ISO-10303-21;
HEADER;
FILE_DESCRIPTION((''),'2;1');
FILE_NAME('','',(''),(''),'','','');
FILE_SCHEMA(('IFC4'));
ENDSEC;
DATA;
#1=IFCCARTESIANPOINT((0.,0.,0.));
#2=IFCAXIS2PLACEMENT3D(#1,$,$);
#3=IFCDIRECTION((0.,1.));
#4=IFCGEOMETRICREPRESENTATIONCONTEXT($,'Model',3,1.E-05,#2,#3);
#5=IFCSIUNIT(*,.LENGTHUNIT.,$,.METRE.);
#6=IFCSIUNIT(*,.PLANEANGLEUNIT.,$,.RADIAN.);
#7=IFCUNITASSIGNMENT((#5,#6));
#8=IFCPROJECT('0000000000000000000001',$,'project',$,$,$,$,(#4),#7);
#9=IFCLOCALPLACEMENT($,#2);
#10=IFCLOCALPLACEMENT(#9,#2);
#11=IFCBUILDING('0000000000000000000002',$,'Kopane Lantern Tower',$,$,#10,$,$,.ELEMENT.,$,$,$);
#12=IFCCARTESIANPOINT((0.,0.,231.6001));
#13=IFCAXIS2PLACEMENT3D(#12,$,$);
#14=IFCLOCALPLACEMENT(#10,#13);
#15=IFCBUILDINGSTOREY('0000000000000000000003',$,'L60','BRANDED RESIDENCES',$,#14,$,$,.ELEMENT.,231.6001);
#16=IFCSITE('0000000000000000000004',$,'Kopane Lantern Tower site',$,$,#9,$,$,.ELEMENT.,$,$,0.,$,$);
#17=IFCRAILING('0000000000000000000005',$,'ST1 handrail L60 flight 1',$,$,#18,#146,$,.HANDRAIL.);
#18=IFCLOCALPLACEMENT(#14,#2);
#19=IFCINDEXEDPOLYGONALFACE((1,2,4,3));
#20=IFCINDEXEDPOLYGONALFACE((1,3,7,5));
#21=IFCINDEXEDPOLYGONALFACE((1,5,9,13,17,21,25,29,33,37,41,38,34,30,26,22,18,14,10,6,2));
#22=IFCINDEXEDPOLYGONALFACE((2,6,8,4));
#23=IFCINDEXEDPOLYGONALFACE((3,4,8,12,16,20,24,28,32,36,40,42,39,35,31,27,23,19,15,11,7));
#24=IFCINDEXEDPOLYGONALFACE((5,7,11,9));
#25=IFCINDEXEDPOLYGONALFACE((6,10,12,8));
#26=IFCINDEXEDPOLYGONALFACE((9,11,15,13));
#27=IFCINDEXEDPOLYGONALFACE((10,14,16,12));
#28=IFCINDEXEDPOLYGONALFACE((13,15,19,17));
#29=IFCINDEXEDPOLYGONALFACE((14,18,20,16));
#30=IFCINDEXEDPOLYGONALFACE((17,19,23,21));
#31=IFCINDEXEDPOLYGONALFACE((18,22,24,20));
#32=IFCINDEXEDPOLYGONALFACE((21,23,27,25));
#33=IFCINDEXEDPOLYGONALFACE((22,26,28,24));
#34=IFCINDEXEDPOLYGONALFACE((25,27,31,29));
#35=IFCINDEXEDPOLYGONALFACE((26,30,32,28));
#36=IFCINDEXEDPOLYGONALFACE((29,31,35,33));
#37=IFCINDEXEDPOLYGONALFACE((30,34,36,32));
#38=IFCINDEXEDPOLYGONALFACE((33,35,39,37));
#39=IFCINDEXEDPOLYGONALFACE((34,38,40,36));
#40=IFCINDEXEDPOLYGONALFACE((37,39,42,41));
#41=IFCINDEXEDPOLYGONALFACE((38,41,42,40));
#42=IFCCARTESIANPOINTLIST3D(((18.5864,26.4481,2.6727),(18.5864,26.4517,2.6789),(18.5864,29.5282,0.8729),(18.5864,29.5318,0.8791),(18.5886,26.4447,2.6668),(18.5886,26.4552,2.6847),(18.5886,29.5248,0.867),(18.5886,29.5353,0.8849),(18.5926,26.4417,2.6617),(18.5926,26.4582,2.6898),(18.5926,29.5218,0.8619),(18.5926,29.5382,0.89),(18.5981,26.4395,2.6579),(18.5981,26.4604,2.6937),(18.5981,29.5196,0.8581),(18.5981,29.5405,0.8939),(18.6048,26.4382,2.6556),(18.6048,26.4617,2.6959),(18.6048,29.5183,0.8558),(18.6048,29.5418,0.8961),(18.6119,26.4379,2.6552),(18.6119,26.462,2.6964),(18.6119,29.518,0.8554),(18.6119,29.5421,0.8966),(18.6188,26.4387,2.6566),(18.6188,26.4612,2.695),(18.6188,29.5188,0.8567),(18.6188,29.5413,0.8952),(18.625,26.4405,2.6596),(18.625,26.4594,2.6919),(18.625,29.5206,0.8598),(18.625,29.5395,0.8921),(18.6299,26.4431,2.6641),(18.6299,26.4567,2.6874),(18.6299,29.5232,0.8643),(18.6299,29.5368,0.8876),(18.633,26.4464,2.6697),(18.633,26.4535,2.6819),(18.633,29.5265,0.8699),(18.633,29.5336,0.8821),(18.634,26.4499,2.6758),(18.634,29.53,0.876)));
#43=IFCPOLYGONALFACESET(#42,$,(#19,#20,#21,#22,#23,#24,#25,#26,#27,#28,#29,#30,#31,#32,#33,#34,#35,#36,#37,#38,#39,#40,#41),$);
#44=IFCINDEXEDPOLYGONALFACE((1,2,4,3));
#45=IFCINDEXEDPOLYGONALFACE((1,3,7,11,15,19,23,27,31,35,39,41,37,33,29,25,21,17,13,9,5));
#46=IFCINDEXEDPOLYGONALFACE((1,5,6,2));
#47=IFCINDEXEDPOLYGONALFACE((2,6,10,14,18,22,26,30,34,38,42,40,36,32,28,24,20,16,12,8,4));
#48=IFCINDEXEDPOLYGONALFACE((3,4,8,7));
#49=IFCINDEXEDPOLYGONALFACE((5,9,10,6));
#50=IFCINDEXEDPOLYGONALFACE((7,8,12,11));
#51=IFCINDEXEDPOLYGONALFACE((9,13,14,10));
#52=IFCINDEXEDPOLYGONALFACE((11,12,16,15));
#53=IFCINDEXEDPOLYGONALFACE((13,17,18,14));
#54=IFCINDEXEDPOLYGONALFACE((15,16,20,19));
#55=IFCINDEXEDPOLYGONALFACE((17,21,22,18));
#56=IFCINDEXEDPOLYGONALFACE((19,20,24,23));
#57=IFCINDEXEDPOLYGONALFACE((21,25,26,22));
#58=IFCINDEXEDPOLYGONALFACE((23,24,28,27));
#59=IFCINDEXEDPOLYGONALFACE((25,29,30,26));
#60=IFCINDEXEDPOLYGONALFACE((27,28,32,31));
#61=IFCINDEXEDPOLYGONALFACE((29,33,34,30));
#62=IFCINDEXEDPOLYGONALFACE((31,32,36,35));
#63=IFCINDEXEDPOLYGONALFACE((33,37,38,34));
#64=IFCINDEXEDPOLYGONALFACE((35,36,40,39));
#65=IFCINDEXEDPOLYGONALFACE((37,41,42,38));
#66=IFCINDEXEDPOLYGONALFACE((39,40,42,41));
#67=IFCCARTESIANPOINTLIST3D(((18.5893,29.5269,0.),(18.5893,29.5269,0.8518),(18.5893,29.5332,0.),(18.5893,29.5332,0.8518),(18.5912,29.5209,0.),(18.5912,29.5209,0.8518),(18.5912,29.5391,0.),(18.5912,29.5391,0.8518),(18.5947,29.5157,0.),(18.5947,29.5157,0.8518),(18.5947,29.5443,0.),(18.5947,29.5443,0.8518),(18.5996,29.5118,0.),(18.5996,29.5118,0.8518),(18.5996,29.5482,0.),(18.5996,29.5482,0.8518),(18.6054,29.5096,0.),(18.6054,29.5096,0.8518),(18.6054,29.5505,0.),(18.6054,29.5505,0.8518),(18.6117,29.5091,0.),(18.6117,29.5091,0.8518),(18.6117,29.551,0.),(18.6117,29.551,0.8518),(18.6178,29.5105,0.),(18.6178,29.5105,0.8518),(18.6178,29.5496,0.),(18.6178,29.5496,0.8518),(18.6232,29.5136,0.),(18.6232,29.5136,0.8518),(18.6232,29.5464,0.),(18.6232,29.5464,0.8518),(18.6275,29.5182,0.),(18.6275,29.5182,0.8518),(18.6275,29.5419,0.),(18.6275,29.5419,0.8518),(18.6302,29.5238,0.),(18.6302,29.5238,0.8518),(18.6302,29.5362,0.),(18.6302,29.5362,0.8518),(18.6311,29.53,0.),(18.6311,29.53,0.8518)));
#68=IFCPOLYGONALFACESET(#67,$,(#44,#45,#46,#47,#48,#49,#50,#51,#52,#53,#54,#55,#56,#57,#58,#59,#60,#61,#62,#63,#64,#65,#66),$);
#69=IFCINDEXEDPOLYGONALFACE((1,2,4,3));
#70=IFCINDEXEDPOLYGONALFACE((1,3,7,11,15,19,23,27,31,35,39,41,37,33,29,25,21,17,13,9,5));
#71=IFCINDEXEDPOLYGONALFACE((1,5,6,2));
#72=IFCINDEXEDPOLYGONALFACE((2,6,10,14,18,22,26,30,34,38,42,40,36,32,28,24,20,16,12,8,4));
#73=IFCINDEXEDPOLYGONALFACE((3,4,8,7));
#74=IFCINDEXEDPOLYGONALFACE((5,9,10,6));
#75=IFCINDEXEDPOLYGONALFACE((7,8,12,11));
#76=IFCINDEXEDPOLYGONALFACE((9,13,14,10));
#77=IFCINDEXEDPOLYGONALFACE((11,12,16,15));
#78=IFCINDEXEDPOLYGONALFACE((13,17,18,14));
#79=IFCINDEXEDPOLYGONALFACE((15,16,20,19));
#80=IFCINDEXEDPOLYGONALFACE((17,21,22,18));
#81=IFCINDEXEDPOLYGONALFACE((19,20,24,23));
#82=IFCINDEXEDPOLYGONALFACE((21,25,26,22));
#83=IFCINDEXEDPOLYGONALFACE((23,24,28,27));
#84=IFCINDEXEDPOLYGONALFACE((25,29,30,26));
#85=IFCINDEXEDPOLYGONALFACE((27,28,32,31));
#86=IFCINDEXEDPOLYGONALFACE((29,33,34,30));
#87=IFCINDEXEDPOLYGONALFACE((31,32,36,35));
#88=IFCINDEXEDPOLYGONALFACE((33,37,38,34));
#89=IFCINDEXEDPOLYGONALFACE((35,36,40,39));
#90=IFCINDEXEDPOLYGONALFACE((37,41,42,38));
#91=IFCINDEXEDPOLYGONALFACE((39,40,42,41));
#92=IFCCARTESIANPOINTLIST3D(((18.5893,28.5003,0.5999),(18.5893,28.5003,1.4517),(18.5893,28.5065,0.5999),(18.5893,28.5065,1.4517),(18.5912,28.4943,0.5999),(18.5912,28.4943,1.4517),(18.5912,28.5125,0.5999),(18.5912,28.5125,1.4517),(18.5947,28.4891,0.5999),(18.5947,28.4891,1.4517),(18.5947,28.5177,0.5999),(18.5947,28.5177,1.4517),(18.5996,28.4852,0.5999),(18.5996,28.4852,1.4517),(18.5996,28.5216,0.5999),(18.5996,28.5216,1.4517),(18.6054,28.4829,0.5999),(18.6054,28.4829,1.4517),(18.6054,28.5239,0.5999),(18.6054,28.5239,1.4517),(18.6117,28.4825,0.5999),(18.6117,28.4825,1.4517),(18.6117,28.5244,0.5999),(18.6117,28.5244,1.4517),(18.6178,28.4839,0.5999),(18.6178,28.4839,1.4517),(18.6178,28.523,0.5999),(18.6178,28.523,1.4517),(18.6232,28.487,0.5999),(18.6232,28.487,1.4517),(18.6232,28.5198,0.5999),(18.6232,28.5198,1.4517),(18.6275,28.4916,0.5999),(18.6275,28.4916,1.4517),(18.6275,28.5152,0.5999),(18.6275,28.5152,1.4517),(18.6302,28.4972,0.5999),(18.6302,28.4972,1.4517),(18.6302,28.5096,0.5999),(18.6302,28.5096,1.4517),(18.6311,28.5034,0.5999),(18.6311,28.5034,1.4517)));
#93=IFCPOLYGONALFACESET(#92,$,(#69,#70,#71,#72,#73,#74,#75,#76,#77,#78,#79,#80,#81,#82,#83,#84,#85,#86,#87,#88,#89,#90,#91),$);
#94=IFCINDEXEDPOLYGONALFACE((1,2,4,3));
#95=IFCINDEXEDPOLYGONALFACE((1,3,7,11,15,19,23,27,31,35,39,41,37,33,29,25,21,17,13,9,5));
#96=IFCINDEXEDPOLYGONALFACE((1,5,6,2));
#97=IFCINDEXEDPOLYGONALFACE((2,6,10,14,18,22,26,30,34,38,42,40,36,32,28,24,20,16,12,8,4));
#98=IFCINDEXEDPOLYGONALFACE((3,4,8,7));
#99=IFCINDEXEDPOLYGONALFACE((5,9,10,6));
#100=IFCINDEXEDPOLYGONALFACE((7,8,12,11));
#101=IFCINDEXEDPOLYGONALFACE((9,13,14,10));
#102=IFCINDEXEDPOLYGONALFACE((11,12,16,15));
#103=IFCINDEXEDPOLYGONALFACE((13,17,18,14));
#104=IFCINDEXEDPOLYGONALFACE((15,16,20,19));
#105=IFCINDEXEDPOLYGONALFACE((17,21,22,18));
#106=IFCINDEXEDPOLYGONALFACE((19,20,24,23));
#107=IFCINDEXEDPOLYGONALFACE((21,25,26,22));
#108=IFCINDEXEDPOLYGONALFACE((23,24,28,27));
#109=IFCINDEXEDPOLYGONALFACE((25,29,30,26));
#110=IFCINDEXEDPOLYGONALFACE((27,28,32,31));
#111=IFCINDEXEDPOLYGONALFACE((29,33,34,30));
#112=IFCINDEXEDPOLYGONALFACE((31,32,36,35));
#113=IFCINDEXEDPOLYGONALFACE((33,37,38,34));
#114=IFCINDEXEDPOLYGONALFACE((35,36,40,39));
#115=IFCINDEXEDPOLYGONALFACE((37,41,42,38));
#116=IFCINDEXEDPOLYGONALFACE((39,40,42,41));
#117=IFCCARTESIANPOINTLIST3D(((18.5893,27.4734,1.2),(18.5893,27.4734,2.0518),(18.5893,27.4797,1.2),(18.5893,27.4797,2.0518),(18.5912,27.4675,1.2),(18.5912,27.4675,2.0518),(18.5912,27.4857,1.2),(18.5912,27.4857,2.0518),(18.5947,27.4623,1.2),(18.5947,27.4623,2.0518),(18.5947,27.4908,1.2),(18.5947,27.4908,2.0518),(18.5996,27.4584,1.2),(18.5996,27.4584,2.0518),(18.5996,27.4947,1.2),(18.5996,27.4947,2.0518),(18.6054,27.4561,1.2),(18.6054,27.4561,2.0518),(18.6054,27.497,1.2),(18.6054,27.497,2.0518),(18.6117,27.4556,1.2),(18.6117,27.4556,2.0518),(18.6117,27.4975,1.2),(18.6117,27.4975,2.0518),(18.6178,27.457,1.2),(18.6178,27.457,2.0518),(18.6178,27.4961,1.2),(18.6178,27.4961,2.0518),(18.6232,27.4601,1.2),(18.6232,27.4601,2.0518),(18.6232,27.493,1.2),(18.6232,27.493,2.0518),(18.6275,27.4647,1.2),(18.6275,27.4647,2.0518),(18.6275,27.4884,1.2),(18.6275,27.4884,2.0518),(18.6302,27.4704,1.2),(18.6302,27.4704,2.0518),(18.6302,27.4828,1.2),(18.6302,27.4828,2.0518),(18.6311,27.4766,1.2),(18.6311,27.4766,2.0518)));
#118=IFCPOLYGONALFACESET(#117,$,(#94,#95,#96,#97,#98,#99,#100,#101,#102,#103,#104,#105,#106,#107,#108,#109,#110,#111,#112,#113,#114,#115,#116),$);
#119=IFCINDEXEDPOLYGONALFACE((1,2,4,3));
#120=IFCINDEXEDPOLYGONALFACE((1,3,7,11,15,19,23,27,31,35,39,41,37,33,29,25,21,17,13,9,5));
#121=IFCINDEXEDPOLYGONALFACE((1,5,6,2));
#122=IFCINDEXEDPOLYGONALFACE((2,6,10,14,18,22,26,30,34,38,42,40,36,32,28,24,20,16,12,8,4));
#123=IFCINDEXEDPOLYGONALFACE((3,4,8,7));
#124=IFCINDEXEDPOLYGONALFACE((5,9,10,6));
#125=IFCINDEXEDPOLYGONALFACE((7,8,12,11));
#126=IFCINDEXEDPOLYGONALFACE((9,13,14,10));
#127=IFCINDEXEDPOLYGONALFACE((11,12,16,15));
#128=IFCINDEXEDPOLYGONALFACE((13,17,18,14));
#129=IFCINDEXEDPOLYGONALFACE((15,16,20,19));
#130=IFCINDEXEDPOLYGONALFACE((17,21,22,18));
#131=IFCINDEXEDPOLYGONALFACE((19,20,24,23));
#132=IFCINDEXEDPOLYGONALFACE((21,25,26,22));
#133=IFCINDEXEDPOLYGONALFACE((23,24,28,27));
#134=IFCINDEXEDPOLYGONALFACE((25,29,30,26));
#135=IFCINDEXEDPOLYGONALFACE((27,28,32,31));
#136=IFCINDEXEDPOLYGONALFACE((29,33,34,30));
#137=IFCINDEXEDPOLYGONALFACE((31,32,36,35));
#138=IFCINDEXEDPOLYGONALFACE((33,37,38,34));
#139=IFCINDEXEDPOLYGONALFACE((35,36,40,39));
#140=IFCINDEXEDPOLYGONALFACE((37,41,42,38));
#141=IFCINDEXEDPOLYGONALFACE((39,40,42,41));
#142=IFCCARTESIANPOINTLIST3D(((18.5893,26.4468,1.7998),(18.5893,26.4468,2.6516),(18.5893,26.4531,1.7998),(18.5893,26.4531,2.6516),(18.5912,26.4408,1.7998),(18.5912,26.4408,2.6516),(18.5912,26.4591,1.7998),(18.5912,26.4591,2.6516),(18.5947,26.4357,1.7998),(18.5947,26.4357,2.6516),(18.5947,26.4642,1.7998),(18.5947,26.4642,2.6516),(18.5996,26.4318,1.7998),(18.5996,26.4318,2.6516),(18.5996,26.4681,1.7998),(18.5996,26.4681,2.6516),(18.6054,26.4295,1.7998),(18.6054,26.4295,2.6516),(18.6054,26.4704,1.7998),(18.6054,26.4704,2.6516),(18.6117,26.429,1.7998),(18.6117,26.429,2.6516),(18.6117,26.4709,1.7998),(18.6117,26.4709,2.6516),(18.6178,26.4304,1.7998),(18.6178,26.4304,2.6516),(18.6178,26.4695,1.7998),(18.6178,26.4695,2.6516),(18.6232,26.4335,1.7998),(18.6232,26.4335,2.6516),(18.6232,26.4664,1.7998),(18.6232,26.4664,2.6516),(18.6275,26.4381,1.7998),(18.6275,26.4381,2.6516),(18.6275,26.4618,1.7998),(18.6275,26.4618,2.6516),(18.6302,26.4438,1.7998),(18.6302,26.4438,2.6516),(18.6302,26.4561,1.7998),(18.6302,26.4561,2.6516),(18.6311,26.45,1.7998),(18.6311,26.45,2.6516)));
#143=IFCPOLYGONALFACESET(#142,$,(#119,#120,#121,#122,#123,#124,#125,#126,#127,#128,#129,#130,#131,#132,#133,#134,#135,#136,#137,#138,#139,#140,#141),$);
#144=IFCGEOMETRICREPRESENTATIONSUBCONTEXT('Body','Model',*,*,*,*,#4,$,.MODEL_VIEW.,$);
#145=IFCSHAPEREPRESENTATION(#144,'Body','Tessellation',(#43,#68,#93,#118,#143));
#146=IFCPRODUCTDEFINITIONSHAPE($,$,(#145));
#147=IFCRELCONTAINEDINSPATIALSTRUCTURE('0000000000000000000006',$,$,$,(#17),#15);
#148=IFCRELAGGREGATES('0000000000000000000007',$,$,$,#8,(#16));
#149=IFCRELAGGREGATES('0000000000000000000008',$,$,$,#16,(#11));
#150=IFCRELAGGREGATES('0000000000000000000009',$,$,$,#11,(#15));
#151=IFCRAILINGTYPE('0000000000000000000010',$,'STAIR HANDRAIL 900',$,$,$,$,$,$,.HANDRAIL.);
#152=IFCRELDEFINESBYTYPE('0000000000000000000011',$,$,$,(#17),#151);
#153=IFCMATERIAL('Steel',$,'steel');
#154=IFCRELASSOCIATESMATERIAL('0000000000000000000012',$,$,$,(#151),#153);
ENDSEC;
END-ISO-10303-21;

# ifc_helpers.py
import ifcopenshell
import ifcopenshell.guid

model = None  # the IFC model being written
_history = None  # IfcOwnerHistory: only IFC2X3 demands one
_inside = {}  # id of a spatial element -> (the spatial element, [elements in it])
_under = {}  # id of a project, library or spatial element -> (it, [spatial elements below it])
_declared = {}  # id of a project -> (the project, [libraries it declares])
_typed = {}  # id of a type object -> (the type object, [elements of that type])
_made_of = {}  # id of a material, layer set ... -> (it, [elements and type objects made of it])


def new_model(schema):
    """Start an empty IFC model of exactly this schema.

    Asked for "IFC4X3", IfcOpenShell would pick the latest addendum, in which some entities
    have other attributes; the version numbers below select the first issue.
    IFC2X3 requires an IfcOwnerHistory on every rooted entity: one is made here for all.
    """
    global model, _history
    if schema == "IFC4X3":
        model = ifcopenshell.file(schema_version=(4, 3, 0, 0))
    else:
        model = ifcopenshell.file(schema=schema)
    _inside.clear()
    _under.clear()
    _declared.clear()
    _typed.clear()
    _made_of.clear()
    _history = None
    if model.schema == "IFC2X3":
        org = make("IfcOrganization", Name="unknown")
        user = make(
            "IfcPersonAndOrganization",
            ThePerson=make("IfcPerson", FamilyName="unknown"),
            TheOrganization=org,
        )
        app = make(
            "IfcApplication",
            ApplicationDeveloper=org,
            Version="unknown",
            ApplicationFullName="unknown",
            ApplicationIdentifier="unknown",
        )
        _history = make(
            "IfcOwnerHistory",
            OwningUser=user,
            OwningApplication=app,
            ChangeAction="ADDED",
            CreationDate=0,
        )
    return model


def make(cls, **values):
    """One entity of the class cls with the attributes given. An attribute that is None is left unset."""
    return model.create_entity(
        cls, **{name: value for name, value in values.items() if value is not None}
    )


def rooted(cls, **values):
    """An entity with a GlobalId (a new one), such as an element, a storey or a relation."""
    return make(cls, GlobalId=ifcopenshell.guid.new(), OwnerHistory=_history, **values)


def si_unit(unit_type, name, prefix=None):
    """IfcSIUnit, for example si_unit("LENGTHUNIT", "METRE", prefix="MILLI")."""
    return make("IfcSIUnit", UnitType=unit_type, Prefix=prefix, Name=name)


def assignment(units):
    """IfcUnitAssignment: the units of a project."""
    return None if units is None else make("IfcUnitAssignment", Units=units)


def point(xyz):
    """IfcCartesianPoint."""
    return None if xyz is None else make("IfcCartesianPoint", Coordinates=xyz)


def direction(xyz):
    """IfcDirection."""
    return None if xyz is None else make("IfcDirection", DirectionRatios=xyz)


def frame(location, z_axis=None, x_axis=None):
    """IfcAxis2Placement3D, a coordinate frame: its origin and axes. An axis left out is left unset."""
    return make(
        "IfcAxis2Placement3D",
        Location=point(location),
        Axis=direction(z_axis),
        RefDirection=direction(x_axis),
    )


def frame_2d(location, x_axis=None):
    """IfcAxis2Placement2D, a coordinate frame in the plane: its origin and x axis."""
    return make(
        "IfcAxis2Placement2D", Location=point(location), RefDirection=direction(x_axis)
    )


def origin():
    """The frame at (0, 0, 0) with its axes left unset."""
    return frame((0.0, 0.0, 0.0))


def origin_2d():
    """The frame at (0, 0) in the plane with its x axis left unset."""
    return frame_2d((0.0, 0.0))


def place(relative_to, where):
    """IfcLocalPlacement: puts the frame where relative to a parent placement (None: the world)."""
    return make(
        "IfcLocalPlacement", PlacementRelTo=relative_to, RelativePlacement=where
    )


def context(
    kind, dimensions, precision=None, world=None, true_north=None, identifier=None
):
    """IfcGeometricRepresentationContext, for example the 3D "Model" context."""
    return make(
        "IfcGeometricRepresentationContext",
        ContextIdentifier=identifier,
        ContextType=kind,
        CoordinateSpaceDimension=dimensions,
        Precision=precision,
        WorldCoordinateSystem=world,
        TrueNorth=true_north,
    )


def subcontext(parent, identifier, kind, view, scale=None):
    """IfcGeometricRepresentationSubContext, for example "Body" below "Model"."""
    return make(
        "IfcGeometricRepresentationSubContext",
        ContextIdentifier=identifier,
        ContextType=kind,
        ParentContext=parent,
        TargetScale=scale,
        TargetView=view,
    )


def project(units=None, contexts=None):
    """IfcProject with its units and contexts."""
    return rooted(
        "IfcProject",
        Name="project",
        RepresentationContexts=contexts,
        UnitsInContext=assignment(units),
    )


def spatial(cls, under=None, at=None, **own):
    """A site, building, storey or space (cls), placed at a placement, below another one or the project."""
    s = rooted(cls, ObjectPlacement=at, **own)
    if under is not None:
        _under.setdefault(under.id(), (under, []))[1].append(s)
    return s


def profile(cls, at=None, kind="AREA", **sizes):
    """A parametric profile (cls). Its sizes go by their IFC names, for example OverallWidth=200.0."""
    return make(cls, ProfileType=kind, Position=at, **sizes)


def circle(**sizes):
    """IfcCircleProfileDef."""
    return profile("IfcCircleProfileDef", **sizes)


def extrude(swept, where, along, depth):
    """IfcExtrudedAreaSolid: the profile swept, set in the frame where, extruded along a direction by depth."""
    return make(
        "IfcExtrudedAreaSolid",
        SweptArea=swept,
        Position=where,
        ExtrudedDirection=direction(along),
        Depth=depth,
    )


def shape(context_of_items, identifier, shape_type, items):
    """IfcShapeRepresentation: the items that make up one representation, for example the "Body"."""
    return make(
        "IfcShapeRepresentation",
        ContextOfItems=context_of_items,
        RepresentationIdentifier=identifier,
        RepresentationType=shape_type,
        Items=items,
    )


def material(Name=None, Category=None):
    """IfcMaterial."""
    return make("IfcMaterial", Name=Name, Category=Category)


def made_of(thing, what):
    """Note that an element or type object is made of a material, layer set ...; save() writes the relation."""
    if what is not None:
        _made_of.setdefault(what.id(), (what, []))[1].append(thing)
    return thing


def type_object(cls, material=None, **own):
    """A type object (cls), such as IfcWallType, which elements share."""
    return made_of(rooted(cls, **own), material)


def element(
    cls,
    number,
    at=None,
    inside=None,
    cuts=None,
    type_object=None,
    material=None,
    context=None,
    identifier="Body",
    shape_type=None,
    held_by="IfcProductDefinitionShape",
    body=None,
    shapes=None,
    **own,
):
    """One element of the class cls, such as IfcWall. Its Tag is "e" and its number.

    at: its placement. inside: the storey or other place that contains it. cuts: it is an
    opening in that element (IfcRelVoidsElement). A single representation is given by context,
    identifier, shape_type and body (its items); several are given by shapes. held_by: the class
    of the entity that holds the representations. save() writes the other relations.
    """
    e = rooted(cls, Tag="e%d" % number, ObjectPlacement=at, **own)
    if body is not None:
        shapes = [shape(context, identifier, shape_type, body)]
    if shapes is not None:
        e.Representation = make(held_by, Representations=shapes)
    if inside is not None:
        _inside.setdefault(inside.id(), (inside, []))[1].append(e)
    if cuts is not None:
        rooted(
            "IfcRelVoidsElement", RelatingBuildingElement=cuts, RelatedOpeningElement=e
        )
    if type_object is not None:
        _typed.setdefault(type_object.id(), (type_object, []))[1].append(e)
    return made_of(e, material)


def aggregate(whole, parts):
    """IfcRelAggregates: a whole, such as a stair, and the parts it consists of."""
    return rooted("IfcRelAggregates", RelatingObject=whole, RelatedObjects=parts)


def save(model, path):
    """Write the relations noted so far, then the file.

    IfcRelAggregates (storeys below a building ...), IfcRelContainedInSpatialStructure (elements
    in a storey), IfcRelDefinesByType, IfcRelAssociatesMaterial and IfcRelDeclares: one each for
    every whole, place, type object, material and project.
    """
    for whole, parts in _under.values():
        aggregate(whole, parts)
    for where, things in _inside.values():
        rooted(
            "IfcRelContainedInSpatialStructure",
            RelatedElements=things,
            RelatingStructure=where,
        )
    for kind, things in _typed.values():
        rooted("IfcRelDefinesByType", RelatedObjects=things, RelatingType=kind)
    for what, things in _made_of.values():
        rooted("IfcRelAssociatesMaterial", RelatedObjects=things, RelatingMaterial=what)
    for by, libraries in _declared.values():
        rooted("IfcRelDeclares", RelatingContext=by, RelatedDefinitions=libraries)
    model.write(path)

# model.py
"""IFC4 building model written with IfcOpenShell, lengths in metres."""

from ifc_helpers import new_model, si_unit, direction, frame, origin, origin_2d, place, context, subcontext, project, spatial, circle, extrude, material, type_object, element, save


model = new_model("IFC4")

# Units and contexts
model_context = context("Model", 3, precision=1e-05, world=origin(), true_north=direction((0.0, 1.0)))
body_context = subcontext(model_context, "Body", "Model", "MODEL_VIEW")
ifc_project = project(units=[si_unit("LENGTHUNIT", "METRE"), si_unit("PLANEANGLEUNIT", "RADIAN")], contexts=[model_context])

# Site, building, storey
site_placement = place(None, origin())
site = spatial("IfcSite", under=ifc_project, at=site_placement, Name="Kopane Lantern Tower site", CompositionType="ELEMENT", RefElevation=0.0)
building_placement = place(site_placement, origin())
building = spatial("IfcBuilding", under=site, at=building_placement, Name="Kopane Lantern Tower", CompositionType="ELEMENT")
storey_placement = place(building_placement, frame((0.0, 0.0, 231.6001)))
storey = spatial("IfcBuildingStorey", under=building, at=storey_placement, Name="L60", Description="BRANDED RESIDENCES", CompositionType="ELEMENT", Elevation=231.6001)

# Railing
ifc_material_1 = material(Name="Steel", Category="steel")
railing_type_1 = type_object("IfcRailingType", Name="STAIR HANDRAIL 900", PredefinedType="HANDRAIL", material=ifc_material_1)
for number, where, name in (
    (1, (18.6101, 29.53, 0.0), "ST1 handrail L60 flight 1"),
):
    element("IfcRailing", number, at=place(storey_placement, frame(where)), inside=storey, type_object=railing_type_1, Name=name, PredefinedType="HANDRAIL", context=body_context, shape_type="SweptSolid", body=[
        extrude(circle(Radius=0.0239, at=origin_2d()), frame((0.0, 0.0, 0.876), z_axis=(0.0, -0.863401, 0.504518), x_axis=(1.0, 0.0, 0.0)), (0.0, 0.0, 1.0), 3.5674),
        extrude(circle(Radius=0.021, at=origin_2d()), origin(), (0.0, 0.0, 1.0), 0.8518),
        extrude(circle(Radius=0.021, at=origin_2d()), frame((0.0, -1.0266, 0.5999)), (0.0, 0.0, 1.0), 0.8518),
        extrude(circle(Radius=0.021, at=origin_2d()), frame((0.0, -2.0535, 1.2)), (0.0, 0.0, 1.0), 0.8518),
        extrude(circle(Radius=0.021, at=origin_2d()), frame((0.0, -3.0801, 1.7998)), (0.0, 0.0, 1.0), 0.8518),
    ])

save(model, "model.ifc")
